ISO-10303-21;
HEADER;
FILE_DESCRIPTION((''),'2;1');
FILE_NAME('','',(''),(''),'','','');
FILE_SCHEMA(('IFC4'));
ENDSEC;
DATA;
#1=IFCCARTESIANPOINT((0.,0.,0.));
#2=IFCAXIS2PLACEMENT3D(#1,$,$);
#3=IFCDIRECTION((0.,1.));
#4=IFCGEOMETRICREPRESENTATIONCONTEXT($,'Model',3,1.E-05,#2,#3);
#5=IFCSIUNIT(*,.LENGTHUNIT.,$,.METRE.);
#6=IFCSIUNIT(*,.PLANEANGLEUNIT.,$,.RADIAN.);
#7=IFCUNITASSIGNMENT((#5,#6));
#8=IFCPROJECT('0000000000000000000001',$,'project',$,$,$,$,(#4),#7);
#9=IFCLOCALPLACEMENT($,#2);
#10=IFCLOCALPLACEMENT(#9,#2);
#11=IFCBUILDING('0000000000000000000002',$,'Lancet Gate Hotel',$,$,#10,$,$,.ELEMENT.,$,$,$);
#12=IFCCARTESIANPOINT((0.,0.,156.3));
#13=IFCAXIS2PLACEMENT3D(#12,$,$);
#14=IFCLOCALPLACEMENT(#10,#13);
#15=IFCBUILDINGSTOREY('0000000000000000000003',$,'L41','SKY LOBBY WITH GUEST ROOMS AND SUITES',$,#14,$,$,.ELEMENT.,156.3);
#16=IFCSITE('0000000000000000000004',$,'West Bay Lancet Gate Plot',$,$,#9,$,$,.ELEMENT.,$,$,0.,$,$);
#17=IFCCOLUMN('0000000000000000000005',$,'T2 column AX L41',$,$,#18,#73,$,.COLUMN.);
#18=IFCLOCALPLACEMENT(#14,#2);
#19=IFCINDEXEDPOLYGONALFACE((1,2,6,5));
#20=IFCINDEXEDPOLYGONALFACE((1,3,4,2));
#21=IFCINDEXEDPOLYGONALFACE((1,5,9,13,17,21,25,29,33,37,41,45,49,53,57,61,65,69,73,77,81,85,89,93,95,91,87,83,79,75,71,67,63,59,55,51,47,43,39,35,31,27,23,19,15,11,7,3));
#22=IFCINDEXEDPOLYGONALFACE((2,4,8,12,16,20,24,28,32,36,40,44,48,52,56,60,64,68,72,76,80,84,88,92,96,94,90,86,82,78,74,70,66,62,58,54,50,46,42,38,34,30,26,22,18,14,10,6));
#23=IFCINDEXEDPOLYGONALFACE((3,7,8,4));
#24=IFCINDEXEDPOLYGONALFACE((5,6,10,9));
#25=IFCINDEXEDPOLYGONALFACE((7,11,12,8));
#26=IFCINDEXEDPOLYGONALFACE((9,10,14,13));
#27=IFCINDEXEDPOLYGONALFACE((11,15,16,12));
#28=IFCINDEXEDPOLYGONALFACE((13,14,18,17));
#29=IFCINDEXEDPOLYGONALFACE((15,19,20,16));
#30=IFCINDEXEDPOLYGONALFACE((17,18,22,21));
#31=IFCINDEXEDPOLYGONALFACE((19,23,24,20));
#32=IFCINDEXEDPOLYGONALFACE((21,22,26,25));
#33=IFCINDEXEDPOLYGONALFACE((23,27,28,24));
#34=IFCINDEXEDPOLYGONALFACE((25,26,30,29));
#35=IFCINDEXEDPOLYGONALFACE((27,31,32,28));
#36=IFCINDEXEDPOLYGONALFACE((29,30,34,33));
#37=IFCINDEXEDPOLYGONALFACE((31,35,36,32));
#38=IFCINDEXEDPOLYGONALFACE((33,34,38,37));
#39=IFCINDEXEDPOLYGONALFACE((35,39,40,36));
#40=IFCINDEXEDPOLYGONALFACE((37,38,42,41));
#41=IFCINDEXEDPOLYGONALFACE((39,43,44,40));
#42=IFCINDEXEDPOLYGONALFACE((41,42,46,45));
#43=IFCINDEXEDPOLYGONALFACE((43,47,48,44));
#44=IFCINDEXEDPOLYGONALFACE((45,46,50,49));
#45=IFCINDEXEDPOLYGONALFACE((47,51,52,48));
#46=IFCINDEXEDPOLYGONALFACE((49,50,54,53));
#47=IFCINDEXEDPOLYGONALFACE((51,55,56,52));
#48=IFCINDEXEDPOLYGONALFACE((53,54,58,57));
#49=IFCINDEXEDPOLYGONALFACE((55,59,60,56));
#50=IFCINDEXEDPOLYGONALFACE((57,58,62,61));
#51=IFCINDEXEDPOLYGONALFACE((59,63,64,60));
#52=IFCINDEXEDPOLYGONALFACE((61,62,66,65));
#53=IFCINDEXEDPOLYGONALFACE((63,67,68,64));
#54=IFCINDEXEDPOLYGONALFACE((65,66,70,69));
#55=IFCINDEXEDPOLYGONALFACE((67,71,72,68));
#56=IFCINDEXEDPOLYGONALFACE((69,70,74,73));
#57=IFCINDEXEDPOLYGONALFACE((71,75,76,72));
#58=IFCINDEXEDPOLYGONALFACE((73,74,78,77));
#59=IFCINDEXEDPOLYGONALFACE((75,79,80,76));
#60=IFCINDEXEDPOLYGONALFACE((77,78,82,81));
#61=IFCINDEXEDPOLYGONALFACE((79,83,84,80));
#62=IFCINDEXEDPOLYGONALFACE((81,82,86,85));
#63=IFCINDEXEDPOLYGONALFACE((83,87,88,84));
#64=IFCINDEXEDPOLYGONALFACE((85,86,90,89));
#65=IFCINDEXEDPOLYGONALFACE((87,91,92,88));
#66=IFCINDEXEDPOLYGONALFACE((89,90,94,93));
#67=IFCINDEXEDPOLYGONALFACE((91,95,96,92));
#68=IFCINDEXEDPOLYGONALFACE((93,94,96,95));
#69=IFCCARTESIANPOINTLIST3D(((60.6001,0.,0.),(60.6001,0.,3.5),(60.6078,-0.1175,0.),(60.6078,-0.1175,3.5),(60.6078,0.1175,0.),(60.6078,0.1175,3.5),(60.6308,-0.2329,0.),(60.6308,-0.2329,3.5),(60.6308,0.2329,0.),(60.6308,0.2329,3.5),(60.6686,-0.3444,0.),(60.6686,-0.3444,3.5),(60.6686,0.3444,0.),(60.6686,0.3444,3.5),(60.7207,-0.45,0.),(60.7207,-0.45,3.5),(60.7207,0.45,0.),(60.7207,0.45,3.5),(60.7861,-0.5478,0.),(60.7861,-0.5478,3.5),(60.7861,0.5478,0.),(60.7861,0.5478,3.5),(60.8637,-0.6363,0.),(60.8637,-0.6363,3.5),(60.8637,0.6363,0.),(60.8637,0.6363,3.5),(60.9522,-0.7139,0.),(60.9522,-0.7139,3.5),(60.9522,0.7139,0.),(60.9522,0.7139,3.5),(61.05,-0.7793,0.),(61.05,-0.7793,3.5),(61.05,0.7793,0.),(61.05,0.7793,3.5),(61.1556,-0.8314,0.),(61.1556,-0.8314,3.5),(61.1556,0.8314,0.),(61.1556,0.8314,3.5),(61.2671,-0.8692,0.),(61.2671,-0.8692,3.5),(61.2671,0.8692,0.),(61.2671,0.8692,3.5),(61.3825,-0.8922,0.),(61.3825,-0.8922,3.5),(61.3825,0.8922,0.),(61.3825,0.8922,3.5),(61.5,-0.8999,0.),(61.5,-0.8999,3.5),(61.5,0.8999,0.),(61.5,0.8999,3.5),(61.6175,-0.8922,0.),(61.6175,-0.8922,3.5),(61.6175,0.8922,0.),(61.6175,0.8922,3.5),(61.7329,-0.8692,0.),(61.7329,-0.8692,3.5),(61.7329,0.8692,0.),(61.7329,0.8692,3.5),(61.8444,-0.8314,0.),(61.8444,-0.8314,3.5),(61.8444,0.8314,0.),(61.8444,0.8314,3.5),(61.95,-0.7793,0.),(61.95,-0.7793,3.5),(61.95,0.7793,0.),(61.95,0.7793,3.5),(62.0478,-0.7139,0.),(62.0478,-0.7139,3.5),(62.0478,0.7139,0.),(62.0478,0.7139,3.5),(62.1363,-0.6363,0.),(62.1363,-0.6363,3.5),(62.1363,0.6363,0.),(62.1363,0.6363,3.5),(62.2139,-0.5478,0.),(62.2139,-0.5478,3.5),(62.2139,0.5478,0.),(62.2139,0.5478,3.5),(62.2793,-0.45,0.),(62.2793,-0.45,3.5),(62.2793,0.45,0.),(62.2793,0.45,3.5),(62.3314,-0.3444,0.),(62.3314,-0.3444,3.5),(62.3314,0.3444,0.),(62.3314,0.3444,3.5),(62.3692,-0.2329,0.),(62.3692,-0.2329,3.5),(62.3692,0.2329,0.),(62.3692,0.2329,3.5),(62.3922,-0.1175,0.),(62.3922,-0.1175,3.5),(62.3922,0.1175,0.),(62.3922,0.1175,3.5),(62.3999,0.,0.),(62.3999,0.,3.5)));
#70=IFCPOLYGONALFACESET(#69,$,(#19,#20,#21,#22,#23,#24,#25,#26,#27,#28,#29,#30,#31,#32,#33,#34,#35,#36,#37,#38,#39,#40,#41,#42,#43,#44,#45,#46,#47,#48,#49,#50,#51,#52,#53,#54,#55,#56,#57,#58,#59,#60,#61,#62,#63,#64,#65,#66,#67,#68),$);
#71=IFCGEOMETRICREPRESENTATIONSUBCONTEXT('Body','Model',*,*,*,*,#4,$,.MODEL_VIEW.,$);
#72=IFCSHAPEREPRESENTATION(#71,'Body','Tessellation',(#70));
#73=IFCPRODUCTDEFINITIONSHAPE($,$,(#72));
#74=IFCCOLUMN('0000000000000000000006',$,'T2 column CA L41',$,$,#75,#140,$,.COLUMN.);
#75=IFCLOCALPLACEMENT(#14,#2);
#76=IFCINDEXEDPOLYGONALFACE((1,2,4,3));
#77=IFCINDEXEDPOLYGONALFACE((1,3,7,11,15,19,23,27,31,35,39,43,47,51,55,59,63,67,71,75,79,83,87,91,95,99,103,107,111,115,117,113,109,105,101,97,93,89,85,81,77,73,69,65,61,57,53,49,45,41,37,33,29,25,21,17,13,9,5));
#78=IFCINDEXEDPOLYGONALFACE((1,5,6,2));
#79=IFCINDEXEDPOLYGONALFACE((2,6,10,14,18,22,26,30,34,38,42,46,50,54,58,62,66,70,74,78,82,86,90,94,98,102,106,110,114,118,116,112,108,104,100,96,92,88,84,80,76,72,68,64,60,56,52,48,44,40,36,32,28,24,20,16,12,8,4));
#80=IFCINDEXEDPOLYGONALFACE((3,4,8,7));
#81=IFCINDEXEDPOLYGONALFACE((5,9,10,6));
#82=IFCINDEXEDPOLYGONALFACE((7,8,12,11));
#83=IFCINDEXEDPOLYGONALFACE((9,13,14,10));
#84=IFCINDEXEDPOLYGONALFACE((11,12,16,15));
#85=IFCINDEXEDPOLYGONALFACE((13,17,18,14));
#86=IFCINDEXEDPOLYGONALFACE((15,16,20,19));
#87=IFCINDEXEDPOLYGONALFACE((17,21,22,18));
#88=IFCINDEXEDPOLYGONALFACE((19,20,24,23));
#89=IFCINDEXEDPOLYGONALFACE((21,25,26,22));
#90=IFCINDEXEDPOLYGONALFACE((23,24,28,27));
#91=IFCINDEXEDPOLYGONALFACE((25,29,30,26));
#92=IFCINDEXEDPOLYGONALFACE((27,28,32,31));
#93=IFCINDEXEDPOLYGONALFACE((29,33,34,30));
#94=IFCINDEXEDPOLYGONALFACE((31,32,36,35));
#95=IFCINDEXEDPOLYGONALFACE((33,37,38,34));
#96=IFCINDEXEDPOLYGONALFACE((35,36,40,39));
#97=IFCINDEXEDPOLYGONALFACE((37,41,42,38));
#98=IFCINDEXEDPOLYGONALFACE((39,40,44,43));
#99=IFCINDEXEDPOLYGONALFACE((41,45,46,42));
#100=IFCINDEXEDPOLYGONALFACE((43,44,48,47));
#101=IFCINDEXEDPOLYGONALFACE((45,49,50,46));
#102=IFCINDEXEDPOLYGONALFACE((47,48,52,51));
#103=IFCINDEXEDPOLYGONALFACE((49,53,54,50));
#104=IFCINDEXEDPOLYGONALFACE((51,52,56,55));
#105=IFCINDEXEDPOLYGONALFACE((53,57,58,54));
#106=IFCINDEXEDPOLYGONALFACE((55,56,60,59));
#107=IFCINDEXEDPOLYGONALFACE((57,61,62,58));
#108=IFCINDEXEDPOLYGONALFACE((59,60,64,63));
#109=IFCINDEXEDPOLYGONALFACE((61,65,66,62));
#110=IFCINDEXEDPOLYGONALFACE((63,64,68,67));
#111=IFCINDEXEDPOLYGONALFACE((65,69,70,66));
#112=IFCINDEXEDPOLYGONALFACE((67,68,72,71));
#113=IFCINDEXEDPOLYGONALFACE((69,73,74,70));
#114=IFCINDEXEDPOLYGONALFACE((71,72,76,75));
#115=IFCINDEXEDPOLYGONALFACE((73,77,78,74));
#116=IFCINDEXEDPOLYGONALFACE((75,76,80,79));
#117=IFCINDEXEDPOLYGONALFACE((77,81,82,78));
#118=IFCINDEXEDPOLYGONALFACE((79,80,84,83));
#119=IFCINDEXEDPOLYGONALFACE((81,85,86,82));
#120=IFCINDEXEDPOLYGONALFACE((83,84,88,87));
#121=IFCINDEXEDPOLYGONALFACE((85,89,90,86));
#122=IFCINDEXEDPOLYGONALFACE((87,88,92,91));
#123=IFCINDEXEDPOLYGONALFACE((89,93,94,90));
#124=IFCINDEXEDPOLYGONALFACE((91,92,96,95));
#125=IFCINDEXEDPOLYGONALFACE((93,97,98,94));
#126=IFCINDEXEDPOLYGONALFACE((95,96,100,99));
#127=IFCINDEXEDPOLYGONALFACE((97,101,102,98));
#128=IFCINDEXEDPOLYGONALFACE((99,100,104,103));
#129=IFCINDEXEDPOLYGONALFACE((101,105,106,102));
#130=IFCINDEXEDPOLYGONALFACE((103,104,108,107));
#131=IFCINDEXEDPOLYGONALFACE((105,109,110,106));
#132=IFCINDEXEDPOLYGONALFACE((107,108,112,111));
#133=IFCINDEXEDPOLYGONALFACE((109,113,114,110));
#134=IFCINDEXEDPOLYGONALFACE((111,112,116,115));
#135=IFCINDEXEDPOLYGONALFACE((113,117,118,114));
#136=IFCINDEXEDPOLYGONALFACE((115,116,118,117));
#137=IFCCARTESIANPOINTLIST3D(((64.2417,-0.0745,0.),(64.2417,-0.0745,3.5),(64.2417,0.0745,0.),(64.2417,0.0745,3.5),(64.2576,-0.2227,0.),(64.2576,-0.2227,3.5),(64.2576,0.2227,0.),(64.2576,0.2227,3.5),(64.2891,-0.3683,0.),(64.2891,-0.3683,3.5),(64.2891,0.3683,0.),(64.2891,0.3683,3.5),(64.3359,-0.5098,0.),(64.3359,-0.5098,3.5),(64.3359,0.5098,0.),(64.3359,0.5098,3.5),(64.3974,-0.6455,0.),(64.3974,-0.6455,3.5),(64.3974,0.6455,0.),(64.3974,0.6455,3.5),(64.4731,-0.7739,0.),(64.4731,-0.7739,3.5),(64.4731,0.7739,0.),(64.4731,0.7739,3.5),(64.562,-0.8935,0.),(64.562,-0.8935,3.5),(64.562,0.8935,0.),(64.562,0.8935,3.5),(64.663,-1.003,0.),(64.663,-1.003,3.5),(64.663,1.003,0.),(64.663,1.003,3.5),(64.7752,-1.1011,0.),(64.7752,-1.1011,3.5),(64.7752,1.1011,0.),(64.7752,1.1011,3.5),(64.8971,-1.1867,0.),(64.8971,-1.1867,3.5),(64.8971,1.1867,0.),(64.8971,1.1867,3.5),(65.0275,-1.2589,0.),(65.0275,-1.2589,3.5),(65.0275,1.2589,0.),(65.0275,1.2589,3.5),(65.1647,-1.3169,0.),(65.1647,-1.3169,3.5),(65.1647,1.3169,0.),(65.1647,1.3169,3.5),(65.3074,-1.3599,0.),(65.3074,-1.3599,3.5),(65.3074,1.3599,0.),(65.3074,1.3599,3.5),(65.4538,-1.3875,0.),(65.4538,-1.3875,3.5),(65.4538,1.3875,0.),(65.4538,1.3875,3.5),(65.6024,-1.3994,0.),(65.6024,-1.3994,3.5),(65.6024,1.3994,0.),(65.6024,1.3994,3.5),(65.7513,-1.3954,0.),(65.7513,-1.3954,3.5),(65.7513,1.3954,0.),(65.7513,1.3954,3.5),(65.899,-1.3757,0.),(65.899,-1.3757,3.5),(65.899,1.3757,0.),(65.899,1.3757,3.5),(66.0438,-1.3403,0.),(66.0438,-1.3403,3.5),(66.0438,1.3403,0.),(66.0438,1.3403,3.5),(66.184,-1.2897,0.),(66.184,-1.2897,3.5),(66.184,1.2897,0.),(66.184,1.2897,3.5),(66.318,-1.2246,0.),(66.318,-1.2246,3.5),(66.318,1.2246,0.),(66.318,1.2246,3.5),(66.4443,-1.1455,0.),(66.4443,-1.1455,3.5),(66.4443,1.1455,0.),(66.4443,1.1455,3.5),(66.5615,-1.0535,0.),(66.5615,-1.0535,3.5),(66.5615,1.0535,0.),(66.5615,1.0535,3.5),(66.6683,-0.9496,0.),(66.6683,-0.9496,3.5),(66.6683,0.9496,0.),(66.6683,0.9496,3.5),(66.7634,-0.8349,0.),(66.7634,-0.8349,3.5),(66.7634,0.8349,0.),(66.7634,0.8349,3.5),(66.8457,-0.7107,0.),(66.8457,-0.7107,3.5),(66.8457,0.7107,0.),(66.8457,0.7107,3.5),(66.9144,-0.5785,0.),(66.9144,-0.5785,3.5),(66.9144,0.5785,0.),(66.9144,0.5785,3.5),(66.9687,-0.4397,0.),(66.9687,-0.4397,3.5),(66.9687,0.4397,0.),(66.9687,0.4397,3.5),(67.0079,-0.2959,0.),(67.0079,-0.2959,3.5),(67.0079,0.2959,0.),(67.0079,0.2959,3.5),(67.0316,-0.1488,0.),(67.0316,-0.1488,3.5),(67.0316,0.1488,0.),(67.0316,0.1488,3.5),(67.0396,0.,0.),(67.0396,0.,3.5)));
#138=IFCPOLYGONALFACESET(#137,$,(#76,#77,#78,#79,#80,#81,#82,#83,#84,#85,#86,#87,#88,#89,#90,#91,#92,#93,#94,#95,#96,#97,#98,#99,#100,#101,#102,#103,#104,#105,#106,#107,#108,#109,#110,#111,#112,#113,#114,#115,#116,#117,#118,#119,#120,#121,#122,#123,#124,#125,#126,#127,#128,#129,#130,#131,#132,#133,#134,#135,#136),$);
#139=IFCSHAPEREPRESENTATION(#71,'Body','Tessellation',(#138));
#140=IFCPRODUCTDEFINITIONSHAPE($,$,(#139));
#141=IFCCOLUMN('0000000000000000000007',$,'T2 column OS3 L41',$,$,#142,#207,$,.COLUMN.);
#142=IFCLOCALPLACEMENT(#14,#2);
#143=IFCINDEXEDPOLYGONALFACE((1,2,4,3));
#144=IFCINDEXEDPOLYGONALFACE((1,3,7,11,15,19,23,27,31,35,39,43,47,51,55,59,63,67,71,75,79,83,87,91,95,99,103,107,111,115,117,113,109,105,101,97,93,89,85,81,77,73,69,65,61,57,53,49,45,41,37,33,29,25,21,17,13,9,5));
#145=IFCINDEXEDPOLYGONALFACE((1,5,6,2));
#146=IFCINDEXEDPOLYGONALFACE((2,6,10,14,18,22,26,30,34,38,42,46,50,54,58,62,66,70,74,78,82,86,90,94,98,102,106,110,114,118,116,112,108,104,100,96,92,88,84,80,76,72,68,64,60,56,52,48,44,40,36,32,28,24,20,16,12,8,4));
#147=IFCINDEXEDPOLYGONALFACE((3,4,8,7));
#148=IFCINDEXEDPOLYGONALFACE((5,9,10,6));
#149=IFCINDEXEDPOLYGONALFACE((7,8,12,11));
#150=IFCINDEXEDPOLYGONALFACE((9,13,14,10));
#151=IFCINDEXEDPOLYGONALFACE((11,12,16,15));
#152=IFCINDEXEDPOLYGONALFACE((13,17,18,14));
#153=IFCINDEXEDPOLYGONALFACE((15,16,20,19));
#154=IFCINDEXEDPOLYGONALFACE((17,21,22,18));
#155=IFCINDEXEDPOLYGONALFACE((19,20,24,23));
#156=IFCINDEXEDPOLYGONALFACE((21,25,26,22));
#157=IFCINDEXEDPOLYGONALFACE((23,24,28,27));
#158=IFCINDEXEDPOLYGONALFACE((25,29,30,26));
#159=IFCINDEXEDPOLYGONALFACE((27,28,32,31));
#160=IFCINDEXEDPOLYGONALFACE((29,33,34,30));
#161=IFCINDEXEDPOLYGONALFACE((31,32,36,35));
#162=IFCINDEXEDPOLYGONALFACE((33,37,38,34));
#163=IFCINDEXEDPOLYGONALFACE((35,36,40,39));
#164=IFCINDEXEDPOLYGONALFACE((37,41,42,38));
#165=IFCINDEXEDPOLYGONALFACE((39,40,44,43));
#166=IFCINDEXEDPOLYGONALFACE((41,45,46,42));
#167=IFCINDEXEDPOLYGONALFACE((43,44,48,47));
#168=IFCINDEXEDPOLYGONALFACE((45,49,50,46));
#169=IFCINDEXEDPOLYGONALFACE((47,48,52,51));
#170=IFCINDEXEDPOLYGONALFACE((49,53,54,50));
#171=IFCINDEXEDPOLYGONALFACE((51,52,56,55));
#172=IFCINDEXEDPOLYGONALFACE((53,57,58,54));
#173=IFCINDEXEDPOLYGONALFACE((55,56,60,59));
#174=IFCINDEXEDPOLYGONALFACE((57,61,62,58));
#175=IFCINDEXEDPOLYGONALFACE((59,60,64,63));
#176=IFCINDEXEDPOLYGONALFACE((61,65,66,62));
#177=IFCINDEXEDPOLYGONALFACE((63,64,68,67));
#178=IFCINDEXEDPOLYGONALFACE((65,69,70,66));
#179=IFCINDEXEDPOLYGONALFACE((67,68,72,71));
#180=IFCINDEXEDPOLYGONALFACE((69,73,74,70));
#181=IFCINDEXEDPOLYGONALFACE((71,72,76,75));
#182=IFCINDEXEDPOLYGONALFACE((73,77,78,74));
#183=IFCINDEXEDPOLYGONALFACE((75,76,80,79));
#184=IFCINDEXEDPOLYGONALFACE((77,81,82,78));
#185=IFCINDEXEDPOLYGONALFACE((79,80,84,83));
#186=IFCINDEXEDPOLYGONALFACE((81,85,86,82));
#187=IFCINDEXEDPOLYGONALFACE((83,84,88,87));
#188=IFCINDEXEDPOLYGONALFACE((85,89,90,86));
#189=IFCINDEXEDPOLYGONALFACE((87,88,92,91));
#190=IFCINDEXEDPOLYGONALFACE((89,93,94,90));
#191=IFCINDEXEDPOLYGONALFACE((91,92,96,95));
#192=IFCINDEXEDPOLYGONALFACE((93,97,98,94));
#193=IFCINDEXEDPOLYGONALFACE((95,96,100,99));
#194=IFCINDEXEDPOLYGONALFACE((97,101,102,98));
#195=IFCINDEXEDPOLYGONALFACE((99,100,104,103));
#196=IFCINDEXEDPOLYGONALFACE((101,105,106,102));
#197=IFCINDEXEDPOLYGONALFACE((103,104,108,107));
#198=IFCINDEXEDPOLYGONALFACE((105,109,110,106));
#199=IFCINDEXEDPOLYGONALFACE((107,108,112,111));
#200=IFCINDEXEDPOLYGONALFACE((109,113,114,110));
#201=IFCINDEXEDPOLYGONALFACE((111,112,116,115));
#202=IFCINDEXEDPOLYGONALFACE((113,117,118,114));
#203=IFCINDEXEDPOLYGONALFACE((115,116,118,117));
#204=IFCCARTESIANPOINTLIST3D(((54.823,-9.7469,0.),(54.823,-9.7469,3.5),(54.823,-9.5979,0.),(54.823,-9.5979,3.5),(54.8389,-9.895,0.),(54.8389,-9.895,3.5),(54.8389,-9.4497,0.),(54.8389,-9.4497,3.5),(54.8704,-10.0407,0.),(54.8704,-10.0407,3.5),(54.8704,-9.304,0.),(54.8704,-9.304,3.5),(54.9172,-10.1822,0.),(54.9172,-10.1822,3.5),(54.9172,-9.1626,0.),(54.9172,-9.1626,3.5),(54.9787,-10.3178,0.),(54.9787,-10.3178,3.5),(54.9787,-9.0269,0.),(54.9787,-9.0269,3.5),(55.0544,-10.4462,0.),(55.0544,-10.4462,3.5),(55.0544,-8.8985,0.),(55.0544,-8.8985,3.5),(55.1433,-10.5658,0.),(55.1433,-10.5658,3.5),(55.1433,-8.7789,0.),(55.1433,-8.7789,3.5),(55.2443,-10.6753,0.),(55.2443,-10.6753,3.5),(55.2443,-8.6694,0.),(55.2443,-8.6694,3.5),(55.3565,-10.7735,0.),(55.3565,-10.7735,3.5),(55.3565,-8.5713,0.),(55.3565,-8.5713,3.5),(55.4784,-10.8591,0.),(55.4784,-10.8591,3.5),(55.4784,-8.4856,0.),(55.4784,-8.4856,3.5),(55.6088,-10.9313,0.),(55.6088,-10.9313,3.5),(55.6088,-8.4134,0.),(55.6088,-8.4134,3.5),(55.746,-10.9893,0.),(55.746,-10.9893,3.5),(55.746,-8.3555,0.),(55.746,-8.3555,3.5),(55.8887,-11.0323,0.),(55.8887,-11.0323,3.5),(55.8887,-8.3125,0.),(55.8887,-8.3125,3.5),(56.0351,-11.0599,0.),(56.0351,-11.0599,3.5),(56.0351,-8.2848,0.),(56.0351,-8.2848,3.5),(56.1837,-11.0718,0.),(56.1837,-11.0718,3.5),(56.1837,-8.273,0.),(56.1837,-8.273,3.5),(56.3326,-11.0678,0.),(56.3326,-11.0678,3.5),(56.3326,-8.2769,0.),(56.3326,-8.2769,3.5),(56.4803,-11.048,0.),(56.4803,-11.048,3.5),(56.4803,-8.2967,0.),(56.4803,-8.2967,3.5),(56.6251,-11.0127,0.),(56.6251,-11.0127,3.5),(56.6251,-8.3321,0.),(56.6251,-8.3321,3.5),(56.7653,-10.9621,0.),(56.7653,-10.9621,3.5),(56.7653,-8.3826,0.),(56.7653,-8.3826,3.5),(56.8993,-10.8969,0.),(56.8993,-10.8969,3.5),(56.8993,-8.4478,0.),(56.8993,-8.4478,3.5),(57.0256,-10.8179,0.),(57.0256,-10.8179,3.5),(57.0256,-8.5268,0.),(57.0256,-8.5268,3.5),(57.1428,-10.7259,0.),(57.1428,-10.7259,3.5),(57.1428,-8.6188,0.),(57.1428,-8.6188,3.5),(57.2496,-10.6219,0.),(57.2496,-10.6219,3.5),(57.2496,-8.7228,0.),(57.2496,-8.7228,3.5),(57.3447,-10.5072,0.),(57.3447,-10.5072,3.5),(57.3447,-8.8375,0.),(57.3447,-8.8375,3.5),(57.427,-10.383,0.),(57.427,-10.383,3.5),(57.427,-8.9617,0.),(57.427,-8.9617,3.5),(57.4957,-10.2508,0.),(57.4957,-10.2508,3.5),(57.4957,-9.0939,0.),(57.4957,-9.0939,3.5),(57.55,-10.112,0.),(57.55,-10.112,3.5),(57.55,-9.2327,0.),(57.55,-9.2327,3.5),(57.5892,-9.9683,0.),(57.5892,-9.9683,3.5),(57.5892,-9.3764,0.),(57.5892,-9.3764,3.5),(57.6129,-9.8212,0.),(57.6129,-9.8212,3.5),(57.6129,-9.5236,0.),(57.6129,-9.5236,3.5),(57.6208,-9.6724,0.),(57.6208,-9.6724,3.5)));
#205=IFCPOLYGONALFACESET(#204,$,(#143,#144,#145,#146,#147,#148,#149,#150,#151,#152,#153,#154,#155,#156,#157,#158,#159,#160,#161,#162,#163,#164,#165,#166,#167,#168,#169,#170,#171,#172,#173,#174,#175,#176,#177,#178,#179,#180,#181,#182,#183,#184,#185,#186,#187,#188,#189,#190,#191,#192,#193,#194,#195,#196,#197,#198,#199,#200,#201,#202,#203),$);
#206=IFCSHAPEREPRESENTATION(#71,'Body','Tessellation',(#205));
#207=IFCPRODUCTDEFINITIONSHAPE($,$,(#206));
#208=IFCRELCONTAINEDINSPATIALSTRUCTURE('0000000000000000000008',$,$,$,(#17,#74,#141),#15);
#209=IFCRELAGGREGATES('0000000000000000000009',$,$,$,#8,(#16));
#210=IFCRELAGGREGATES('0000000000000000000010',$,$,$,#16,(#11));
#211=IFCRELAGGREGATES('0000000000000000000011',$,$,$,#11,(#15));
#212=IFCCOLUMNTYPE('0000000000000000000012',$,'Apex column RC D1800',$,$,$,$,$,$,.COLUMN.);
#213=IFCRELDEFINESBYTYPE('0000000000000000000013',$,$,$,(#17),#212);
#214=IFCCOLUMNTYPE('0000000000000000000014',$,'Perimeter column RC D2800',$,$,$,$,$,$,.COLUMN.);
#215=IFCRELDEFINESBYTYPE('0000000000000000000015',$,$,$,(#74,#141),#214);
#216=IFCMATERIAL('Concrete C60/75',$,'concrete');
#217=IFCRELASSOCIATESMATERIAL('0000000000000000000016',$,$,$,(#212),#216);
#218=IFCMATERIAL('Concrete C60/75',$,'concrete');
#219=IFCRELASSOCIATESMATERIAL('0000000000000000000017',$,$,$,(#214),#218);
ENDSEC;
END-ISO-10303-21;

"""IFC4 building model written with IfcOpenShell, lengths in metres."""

from ifc_helpers import new_model, si_unit, direction, frame, origin, origin_2d, place, context, subcontext, project, spatial, circle, extrude, material, material_profile, profile_set, type_object, element, save


model = new_model("IFC4")

# Units and contexts
model_context = context("Model", 3, precision=1e-05, world=origin(), true_north=direction((0.0, 1.0)))
body_context = subcontext(model_context, "Body", "Model", "MODEL_VIEW")
ifc_project = project(units=[si_unit("LENGTHUNIT", "METRE"), si_unit("PLANEANGLEUNIT", "RADIAN")], contexts=[model_context])

# Site, building, storey
site_placement = place(None, origin())
site = spatial("IfcSite", under=ifc_project, at=site_placement, Name="West Bay Lancet Gate Plot", CompositionType="ELEMENT", RefElevation=0.0)
building_placement = place(site_placement, origin())
building = spatial("IfcBuilding", under=site, at=building_placement, Name="Lancet Gate Hotel", CompositionType="ELEMENT")
storey_placement = place(building_placement, frame((0.0, 0.0, 156.3)))
storey = spatial("IfcBuildingStorey", under=building, at=storey_placement, Name="L41", Description="SKY LOBBY WITH GUEST ROOMS AND SUITES", CompositionType="ELEMENT", Elevation=156.3)

# Columns
ifc_material_1 = material(Name="Concrete C60/75", Category="concrete")
ifc_material_profile_1 = material_profile(ifc_material_1, circle(Radius=0.8999, at=origin_2d()), Name="RC D1800")
ifc_profile_set_1 = profile_set([ifc_material_profile_1], Name="Concrete C60/75")
column_type_1 = type_object("IfcColumnType", Name="Apex column RC D1800", PredefinedType="COLUMN", material=ifc_profile_set_1)
column_placement = place(storey_placement, frame((61.5, 0.0, 0.0), z_axis=(0.0, 0.0, 1.0), x_axis=(1.0, 0.0, 0.0)))
element("IfcColumn", 1, at=column_placement, inside=storey, type_object=column_type_1, Name="T2 column AX L41", PredefinedType="COLUMN", context=body_context, shape_type="SweptSolid", body=[
    extrude(circle(Radius=0.8999, at=origin_2d()), origin(), (0.0, 0.0, 1.0), 3.5),
])
ifc_material_2 = material(Name="Concrete C60/75", Category="concrete")
ifc_material_profile_2 = material_profile(ifc_material_2, circle(Radius=1.3999, at=origin_2d()), Name="RC D2800")
ifc_profile_set_2 = profile_set([ifc_material_profile_2], Name="Concrete C60/75")
column_type_2 = type_object("IfcColumnType", Name="Perimeter column RC D2800", PredefinedType="COLUMN", material=ifc_profile_set_2)
for number, where, z_axis, x_axis, name in (
    (2, (65.6396, 0.0, 0.0), (0.0, 0.0, 1.0), (1.0, 0.0, 0.0), "T2 column CA L41"),
    (3, (56.2209, -9.6724, 0.0), (0.0, 0.0, 1.0), (1.0, 0.0, 0.0), "T2 column OS3 L41"),
):
    element("IfcColumn", number, at=place(storey_placement, frame(where, z_axis=z_axis, x_axis=x_axis)), inside=storey, type_object=column_type_2, Name=name, PredefinedType="COLUMN", context=body_context, shape_type="SweptSolid", body=[
        extrude(circle(Radius=1.3999, at=origin_2d()), origin(), (0.0, 0.0, 1.0), 3.5),
    ])

save(model, "model.ifc")
